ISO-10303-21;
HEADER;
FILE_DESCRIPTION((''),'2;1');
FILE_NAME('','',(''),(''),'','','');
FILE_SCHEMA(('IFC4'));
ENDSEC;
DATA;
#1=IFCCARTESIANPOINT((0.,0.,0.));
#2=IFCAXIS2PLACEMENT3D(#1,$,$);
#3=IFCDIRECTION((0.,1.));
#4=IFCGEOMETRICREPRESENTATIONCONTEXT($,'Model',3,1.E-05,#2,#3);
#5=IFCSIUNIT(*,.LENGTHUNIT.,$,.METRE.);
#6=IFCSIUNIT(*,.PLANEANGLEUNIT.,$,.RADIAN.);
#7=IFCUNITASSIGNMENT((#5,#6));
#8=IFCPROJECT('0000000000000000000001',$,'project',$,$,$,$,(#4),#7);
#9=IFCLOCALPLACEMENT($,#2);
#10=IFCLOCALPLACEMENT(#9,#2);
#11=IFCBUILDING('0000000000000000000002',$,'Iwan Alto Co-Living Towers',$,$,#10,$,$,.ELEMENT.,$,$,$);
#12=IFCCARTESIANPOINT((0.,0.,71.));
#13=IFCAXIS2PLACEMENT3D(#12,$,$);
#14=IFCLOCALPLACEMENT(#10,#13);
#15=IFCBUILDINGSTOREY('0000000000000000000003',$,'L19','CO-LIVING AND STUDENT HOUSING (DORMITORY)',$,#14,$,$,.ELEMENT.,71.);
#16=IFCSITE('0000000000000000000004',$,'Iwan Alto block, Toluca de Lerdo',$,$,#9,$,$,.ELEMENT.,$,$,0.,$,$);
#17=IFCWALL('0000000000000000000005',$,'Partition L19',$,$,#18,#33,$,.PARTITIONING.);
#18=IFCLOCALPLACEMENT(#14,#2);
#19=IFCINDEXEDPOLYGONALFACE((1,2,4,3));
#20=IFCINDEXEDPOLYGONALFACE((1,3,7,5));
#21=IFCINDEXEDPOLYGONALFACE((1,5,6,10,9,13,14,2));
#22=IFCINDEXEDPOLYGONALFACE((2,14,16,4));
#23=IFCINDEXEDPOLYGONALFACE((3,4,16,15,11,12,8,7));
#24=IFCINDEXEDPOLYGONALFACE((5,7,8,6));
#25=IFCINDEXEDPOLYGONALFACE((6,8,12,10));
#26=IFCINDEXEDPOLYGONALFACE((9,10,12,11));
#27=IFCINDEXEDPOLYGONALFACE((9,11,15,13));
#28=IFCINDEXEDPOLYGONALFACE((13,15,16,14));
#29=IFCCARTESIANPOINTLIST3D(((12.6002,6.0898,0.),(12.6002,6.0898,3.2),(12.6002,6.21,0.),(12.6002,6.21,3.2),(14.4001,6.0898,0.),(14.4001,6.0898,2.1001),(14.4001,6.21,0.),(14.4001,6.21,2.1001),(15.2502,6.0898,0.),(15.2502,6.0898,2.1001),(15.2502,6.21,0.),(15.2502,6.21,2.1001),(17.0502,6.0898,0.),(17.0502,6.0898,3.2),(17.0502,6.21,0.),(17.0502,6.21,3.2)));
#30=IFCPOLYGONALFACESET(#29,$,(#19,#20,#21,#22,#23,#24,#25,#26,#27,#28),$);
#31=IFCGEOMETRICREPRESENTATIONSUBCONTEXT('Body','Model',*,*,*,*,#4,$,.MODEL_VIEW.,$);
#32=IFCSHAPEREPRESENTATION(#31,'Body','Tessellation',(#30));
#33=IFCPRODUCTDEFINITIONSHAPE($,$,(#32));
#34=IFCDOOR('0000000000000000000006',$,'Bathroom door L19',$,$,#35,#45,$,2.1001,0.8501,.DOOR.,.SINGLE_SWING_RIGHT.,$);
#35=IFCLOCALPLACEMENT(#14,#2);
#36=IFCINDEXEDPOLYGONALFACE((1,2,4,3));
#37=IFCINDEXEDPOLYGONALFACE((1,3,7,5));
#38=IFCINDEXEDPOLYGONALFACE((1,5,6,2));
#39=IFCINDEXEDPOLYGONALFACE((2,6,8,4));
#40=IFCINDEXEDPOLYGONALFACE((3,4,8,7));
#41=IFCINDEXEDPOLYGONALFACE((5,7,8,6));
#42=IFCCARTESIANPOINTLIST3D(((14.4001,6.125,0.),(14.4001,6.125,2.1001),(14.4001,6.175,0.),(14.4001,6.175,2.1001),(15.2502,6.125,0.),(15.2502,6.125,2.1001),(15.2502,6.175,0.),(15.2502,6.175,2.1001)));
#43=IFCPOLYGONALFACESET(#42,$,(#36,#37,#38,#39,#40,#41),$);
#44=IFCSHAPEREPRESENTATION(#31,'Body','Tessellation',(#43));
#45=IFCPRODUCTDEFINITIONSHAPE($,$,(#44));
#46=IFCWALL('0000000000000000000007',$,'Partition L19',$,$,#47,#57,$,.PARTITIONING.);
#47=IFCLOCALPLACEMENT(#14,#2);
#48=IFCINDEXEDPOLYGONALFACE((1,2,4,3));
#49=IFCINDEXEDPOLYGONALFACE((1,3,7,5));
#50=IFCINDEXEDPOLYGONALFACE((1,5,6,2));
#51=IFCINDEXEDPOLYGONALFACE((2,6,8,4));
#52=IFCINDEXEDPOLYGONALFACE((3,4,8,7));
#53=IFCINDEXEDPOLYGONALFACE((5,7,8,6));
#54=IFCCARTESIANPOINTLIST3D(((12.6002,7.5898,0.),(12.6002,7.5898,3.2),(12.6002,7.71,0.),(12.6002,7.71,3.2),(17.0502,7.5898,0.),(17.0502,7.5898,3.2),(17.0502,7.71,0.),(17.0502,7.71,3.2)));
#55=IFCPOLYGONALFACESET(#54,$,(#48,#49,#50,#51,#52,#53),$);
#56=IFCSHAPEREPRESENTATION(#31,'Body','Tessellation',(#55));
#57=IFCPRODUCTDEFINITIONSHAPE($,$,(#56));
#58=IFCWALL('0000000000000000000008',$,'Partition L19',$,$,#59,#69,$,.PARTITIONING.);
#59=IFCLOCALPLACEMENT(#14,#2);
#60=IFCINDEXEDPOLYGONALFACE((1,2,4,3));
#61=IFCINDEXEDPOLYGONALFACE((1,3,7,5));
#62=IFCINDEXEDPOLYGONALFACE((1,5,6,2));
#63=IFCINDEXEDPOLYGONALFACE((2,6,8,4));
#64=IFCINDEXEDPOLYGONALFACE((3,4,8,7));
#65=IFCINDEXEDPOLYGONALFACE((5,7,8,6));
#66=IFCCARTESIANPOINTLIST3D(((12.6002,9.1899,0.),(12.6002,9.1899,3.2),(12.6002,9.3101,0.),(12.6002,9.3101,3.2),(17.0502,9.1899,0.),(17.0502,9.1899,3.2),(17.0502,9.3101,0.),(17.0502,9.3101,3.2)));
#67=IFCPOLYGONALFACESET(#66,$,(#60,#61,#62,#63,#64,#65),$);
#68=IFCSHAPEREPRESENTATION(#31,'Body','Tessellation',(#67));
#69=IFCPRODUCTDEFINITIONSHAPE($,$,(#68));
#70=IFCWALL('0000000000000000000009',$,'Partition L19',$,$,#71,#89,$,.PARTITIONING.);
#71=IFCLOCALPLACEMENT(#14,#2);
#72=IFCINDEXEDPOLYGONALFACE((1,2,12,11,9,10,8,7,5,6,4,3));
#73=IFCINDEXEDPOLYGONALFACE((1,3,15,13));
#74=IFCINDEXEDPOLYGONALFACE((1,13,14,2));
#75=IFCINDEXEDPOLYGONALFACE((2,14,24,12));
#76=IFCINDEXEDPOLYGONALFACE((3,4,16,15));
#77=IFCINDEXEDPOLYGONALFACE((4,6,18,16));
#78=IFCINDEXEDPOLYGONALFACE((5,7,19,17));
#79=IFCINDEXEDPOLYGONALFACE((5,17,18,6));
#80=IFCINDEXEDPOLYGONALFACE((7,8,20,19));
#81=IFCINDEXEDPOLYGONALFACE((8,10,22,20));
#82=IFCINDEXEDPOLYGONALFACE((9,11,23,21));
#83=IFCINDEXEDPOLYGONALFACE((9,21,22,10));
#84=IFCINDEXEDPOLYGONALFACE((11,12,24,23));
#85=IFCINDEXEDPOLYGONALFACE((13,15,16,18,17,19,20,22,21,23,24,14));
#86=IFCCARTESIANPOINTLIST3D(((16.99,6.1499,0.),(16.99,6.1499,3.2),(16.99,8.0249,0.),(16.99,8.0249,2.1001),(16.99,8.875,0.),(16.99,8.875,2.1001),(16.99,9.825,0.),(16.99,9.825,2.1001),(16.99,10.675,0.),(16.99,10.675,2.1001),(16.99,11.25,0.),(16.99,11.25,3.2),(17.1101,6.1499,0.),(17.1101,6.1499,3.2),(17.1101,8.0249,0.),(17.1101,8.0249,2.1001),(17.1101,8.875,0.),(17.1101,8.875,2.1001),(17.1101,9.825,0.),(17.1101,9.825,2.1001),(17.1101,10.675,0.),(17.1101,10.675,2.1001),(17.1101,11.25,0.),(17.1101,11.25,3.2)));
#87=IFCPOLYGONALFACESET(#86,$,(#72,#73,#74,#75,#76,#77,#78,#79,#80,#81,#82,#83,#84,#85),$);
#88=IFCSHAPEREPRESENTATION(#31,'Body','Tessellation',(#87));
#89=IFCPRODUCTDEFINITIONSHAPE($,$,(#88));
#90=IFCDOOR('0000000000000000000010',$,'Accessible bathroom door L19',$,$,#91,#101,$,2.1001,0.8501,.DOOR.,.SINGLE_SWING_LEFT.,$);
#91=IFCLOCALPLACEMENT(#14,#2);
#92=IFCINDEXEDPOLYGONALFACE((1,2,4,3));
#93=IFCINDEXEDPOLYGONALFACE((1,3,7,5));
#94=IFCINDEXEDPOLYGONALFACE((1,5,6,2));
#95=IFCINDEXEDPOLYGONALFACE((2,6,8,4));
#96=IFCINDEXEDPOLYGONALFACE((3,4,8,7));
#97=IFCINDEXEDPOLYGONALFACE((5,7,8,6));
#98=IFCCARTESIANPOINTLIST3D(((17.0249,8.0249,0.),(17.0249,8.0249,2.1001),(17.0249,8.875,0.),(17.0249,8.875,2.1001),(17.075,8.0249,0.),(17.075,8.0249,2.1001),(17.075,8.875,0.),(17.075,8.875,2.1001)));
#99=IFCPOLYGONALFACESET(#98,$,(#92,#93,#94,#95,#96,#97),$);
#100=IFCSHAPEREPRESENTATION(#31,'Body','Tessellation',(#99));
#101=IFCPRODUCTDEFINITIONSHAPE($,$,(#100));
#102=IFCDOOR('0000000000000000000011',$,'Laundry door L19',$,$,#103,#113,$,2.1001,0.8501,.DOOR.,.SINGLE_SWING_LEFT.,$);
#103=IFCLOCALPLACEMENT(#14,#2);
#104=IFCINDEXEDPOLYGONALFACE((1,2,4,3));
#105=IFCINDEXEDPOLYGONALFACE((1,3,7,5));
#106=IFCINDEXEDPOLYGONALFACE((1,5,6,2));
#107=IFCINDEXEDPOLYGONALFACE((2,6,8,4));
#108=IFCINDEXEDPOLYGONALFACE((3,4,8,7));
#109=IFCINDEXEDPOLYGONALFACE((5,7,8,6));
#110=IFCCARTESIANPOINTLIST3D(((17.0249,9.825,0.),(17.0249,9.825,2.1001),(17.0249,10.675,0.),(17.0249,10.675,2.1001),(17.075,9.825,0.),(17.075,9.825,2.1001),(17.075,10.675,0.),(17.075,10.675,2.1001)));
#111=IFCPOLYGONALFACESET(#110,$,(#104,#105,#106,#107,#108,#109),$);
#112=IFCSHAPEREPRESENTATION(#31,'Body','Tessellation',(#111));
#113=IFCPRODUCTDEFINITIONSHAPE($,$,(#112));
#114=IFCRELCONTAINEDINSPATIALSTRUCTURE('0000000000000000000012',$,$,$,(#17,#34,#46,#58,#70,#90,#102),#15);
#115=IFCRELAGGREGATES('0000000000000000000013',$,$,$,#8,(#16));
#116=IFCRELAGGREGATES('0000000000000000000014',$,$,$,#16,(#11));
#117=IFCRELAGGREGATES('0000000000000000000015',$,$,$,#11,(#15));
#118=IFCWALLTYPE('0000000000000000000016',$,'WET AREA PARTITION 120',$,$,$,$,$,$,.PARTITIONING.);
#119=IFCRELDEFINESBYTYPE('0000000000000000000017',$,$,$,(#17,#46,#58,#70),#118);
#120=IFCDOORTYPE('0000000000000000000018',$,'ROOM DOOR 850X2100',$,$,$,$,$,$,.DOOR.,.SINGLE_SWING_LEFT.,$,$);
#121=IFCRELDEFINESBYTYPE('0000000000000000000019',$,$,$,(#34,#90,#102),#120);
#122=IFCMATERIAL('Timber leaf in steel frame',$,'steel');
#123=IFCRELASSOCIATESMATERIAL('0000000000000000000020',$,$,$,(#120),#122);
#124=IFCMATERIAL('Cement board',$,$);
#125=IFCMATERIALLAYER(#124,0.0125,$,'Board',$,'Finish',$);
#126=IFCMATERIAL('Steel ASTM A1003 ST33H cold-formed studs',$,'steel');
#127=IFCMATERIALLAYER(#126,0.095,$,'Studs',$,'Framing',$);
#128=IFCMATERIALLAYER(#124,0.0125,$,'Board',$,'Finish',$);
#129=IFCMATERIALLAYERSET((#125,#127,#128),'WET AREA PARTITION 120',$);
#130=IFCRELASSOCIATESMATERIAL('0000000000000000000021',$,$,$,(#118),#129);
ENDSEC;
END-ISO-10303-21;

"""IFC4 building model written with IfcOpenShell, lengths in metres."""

from ifc_helpers import new_model, si_unit, direction, frame, frame_2d, origin, place, context, subcontext, project, spatial, rectangle, extrude, material, layer, layer_set, type_object, element, fill, save


model = new_model("IFC4")

# Units and contexts
model_context = context("Model", 3, precision=1e-05, world=origin(), true_north=direction((0.0, 1.0)))
body_context = subcontext(model_context, "Body", "Model", "MODEL_VIEW")
ifc_project = project(units=[si_unit("LENGTHUNIT", "METRE"), si_unit("PLANEANGLEUNIT", "RADIAN")], contexts=[model_context])

# Site, building, storey
site_placement = place(None, origin())
site = spatial("IfcSite", under=ifc_project, at=site_placement, Name="Iwan Alto block, Toluca de Lerdo", CompositionType="ELEMENT", RefElevation=0.0)
building_placement = place(site_placement, origin())
building = spatial("IfcBuilding", under=site, at=building_placement, Name="Iwan Alto Co-Living Towers", CompositionType="ELEMENT")
storey_placement = place(building_placement, frame((0.0, 0.0, 71.0)))
storey = spatial("IfcBuildingStorey", under=building, at=storey_placement, Name="L19", Description="CO-LIVING AND STUDENT HOUSING (DORMITORY)", CompositionType="ELEMENT", Elevation=71.0)

# Shared definitions
ifc_material_1 = material(Name="Steel ASTM A1003 ST33H cold-formed studs", Category="steel")

# Shared definitions
ifc_material_2 = material(Name="Timber leaf in steel frame", Category="steel")
door_type_1 = type_object("IfcDoorType", Name="ROOM DOOR 850X2100", OperationType="SINGLE_SWING_LEFT", PredefinedType="DOOR", material=ifc_material_2)

# Wall, opening, door
ifc_material_3 = material(Name="Cement board")
ifc_layer_1 = layer(ifc_material_3, 0.0125, Name="Board", Category="Finish")
ifc_layer_2 = layer(ifc_material_1, 0.095, Name="Studs", Category="Framing")
ifc_layer_3 = layer(ifc_material_3, 0.0125, Name="Board", Category="Finish")
ifc_layer_set_1 = layer_set([ifc_layer_1, ifc_layer_2, ifc_layer_3], Name="WET AREA PARTITION 120")
wall_type_1 = type_object("IfcWallType", Name="WET AREA PARTITION 120", PredefinedType="PARTITIONING", material=ifc_layer_set_1)
wall_1_placement = place(storey_placement, frame((12.6001, 6.1499, 0.0), z_axis=(0.0, 0.0, 1.0), x_axis=(1.0, 0.0, 0.0)))
wall_1 = element("IfcWall", 1, at=wall_1_placement, inside=storey, type_object=wall_type_1, Name="Partition L19", PredefinedType="PARTITIONING", context=body_context, shape_type="SweptSolid", body=[
    extrude(rectangle(XDim=4.45, YDim=0.1201, at=frame_2d((2.2251, 0.0))), origin(), (0.0, 0.0, 1.0), 3.2),
])
opening_1_placement = place(wall_1_placement, frame((1.8, 0.0, 0.0)))
opening_1 = element("IfcOpeningElement", 2, at=opening_1_placement, cuts=wall_1, PredefinedType="OPENING", context=body_context, shape_type="SweptSolid", body=[
    extrude(rectangle(XDim=0.8501, YDim=2.1001, at=frame_2d((0.425, 1.05))), frame((0.0, 0.0701, 0.0), z_axis=(0.0, -1.0, 0.0), x_axis=(1.0, 0.0, 0.0)), (0.0, 0.0, 1.0), 0.1401),
])
door_1_placement = place(opening_1_placement, frame((0.8501, 0.0, 0.0), z_axis=(0.0, 0.0, 1.0), x_axis=(-1.0, 0.0, 0.0)))
door_1 = element("IfcDoor", 3, at=door_1_placement, inside=storey, type_object=door_type_1, Name="Bathroom door L19", OperationType="SINGLE_SWING_RIGHT", OverallHeight=2.1001, OverallWidth=0.8501, PredefinedType="DOOR", context=body_context, shape_type="SweptSolid", body=[
    extrude(rectangle(XDim=0.8501, YDim=2.1001, at=frame_2d((0.425, 1.05))), frame((0.0, 0.0249, 0.0), z_axis=(0.0, -1.0, 0.0), x_axis=(1.0, 0.0, 0.0)), (0.0, 0.0, 1.0), 0.05),
])
fill(opening_1, door_1)

# Walls
for number, where, z_axis, x_axis, name in (
    (4, (12.6001, 7.6499, 0.0), (0.0, 0.0, 1.0), (1.0, 0.0, 0.0), "Partition L19"),
    (5, (12.6001, 9.25, 0.0), (0.0, 0.0, 1.0), (1.0, 0.0, 0.0), "Partition L19"),
):
    element("IfcWall", number, at=place(storey_placement, frame(where, z_axis=z_axis, x_axis=x_axis)), inside=storey, type_object=wall_type_1, Name=name, PredefinedType="PARTITIONING", context=body_context, shape_type="SweptSolid", body=[
        extrude(rectangle(XDim=4.45, YDim=0.1201, at=frame_2d((2.2251, 0.0))), origin(), (0.0, 0.0, 1.0), 3.2),
    ])

# Wall, openings, doors
wall_2_placement = place(storey_placement, frame((17.05, 6.1499, 0.0), z_axis=(0.0, 0.0, 1.0), x_axis=(0.0, 1.0, 0.0)))
wall_2 = element("IfcWall", 6, at=wall_2_placement, inside=storey, type_object=wall_type_1, Name="Partition L19", PredefinedType="PARTITIONING", context=body_context, shape_type="SweptSolid", body=[
    extrude(rectangle(XDim=5.1001, YDim=0.1201, at=frame_2d((2.55, 0.0))), origin(), (0.0, 0.0, 1.0), 3.2),
])
opening_2_placement = place(wall_2_placement, frame((1.875, 0.0, 0.0)))
opening_2 = element("IfcOpeningElement", 7, at=opening_2_placement, cuts=wall_2, PredefinedType="OPENING", context=body_context, shape_type="SweptSolid", body=[
    extrude(rectangle(XDim=0.8501, YDim=2.1001, at=frame_2d((0.425, 1.05))), frame((0.0, 0.0701, 0.0), z_axis=(0.0, -1.0, 0.0), x_axis=(1.0, 0.0, 0.0)), (0.0, 0.0, 1.0), 0.1401),
])
opening_3_placement = place(wall_2_placement, frame((3.675, 0.0, 0.0)))
opening_3 = element("IfcOpeningElement", 8, at=opening_3_placement, cuts=wall_2, PredefinedType="OPENING", context=body_context, shape_type="SweptSolid", body=[
    extrude(rectangle(XDim=0.8501, YDim=2.1001, at=frame_2d((0.425, 1.05))), frame((0.0, 0.0701, 0.0), z_axis=(0.0, -1.0, 0.0), x_axis=(1.0, 0.0, 0.0)), (0.0, 0.0, 1.0), 0.1401),
])
door_2_placement = place(opening_2_placement, frame((0.8501, 0.0, 0.0), z_axis=(0.0, 0.0, 1.0), x_axis=(-1.0, 0.0, 0.0)))
door_2 = element("IfcDoor", 9, at=door_2_placement, inside=storey, type_object=door_type_1, Name="Accessible bathroom door L19", OperationType="SINGLE_SWING_LEFT", OverallHeight=2.1001, OverallWidth=0.8501, PredefinedType="DOOR", context=body_context, shape_type="SweptSolid", body=[
    extrude(rectangle(XDim=0.8501, YDim=2.1001, at=frame_2d((0.425, 1.05))), frame((0.0, 0.0249, 0.0), z_axis=(0.0, -1.0, 0.0), x_axis=(1.0, 0.0, 0.0)), (0.0, 0.0, 1.0), 0.05),
])
fill(opening_2, door_2)
door_3_placement = place(opening_3_placement, frame((0.8501, 0.0, 0.0), z_axis=(0.0, 0.0, 1.0), x_axis=(-1.0, 0.0, 0.0)))
door_3 = element("IfcDoor", 10, at=door_3_placement, inside=storey, type_object=door_type_1, Name="Laundry door L19", OperationType="SINGLE_SWING_LEFT", OverallHeight=2.1001, OverallWidth=0.8501, PredefinedType="DOOR", context=body_context, shape_type="SweptSolid", body=[
    extrude(rectangle(XDim=0.8501, YDim=2.1001, at=frame_2d((0.425, 1.05))), frame((0.0, 0.0249, 0.0), z_axis=(0.0, -1.0, 0.0), x_axis=(1.0, 0.0, 0.0)), (0.0, 0.0, 1.0), 0.05),
])
fill(opening_3, door_3)

save(model, "model.ifc")
